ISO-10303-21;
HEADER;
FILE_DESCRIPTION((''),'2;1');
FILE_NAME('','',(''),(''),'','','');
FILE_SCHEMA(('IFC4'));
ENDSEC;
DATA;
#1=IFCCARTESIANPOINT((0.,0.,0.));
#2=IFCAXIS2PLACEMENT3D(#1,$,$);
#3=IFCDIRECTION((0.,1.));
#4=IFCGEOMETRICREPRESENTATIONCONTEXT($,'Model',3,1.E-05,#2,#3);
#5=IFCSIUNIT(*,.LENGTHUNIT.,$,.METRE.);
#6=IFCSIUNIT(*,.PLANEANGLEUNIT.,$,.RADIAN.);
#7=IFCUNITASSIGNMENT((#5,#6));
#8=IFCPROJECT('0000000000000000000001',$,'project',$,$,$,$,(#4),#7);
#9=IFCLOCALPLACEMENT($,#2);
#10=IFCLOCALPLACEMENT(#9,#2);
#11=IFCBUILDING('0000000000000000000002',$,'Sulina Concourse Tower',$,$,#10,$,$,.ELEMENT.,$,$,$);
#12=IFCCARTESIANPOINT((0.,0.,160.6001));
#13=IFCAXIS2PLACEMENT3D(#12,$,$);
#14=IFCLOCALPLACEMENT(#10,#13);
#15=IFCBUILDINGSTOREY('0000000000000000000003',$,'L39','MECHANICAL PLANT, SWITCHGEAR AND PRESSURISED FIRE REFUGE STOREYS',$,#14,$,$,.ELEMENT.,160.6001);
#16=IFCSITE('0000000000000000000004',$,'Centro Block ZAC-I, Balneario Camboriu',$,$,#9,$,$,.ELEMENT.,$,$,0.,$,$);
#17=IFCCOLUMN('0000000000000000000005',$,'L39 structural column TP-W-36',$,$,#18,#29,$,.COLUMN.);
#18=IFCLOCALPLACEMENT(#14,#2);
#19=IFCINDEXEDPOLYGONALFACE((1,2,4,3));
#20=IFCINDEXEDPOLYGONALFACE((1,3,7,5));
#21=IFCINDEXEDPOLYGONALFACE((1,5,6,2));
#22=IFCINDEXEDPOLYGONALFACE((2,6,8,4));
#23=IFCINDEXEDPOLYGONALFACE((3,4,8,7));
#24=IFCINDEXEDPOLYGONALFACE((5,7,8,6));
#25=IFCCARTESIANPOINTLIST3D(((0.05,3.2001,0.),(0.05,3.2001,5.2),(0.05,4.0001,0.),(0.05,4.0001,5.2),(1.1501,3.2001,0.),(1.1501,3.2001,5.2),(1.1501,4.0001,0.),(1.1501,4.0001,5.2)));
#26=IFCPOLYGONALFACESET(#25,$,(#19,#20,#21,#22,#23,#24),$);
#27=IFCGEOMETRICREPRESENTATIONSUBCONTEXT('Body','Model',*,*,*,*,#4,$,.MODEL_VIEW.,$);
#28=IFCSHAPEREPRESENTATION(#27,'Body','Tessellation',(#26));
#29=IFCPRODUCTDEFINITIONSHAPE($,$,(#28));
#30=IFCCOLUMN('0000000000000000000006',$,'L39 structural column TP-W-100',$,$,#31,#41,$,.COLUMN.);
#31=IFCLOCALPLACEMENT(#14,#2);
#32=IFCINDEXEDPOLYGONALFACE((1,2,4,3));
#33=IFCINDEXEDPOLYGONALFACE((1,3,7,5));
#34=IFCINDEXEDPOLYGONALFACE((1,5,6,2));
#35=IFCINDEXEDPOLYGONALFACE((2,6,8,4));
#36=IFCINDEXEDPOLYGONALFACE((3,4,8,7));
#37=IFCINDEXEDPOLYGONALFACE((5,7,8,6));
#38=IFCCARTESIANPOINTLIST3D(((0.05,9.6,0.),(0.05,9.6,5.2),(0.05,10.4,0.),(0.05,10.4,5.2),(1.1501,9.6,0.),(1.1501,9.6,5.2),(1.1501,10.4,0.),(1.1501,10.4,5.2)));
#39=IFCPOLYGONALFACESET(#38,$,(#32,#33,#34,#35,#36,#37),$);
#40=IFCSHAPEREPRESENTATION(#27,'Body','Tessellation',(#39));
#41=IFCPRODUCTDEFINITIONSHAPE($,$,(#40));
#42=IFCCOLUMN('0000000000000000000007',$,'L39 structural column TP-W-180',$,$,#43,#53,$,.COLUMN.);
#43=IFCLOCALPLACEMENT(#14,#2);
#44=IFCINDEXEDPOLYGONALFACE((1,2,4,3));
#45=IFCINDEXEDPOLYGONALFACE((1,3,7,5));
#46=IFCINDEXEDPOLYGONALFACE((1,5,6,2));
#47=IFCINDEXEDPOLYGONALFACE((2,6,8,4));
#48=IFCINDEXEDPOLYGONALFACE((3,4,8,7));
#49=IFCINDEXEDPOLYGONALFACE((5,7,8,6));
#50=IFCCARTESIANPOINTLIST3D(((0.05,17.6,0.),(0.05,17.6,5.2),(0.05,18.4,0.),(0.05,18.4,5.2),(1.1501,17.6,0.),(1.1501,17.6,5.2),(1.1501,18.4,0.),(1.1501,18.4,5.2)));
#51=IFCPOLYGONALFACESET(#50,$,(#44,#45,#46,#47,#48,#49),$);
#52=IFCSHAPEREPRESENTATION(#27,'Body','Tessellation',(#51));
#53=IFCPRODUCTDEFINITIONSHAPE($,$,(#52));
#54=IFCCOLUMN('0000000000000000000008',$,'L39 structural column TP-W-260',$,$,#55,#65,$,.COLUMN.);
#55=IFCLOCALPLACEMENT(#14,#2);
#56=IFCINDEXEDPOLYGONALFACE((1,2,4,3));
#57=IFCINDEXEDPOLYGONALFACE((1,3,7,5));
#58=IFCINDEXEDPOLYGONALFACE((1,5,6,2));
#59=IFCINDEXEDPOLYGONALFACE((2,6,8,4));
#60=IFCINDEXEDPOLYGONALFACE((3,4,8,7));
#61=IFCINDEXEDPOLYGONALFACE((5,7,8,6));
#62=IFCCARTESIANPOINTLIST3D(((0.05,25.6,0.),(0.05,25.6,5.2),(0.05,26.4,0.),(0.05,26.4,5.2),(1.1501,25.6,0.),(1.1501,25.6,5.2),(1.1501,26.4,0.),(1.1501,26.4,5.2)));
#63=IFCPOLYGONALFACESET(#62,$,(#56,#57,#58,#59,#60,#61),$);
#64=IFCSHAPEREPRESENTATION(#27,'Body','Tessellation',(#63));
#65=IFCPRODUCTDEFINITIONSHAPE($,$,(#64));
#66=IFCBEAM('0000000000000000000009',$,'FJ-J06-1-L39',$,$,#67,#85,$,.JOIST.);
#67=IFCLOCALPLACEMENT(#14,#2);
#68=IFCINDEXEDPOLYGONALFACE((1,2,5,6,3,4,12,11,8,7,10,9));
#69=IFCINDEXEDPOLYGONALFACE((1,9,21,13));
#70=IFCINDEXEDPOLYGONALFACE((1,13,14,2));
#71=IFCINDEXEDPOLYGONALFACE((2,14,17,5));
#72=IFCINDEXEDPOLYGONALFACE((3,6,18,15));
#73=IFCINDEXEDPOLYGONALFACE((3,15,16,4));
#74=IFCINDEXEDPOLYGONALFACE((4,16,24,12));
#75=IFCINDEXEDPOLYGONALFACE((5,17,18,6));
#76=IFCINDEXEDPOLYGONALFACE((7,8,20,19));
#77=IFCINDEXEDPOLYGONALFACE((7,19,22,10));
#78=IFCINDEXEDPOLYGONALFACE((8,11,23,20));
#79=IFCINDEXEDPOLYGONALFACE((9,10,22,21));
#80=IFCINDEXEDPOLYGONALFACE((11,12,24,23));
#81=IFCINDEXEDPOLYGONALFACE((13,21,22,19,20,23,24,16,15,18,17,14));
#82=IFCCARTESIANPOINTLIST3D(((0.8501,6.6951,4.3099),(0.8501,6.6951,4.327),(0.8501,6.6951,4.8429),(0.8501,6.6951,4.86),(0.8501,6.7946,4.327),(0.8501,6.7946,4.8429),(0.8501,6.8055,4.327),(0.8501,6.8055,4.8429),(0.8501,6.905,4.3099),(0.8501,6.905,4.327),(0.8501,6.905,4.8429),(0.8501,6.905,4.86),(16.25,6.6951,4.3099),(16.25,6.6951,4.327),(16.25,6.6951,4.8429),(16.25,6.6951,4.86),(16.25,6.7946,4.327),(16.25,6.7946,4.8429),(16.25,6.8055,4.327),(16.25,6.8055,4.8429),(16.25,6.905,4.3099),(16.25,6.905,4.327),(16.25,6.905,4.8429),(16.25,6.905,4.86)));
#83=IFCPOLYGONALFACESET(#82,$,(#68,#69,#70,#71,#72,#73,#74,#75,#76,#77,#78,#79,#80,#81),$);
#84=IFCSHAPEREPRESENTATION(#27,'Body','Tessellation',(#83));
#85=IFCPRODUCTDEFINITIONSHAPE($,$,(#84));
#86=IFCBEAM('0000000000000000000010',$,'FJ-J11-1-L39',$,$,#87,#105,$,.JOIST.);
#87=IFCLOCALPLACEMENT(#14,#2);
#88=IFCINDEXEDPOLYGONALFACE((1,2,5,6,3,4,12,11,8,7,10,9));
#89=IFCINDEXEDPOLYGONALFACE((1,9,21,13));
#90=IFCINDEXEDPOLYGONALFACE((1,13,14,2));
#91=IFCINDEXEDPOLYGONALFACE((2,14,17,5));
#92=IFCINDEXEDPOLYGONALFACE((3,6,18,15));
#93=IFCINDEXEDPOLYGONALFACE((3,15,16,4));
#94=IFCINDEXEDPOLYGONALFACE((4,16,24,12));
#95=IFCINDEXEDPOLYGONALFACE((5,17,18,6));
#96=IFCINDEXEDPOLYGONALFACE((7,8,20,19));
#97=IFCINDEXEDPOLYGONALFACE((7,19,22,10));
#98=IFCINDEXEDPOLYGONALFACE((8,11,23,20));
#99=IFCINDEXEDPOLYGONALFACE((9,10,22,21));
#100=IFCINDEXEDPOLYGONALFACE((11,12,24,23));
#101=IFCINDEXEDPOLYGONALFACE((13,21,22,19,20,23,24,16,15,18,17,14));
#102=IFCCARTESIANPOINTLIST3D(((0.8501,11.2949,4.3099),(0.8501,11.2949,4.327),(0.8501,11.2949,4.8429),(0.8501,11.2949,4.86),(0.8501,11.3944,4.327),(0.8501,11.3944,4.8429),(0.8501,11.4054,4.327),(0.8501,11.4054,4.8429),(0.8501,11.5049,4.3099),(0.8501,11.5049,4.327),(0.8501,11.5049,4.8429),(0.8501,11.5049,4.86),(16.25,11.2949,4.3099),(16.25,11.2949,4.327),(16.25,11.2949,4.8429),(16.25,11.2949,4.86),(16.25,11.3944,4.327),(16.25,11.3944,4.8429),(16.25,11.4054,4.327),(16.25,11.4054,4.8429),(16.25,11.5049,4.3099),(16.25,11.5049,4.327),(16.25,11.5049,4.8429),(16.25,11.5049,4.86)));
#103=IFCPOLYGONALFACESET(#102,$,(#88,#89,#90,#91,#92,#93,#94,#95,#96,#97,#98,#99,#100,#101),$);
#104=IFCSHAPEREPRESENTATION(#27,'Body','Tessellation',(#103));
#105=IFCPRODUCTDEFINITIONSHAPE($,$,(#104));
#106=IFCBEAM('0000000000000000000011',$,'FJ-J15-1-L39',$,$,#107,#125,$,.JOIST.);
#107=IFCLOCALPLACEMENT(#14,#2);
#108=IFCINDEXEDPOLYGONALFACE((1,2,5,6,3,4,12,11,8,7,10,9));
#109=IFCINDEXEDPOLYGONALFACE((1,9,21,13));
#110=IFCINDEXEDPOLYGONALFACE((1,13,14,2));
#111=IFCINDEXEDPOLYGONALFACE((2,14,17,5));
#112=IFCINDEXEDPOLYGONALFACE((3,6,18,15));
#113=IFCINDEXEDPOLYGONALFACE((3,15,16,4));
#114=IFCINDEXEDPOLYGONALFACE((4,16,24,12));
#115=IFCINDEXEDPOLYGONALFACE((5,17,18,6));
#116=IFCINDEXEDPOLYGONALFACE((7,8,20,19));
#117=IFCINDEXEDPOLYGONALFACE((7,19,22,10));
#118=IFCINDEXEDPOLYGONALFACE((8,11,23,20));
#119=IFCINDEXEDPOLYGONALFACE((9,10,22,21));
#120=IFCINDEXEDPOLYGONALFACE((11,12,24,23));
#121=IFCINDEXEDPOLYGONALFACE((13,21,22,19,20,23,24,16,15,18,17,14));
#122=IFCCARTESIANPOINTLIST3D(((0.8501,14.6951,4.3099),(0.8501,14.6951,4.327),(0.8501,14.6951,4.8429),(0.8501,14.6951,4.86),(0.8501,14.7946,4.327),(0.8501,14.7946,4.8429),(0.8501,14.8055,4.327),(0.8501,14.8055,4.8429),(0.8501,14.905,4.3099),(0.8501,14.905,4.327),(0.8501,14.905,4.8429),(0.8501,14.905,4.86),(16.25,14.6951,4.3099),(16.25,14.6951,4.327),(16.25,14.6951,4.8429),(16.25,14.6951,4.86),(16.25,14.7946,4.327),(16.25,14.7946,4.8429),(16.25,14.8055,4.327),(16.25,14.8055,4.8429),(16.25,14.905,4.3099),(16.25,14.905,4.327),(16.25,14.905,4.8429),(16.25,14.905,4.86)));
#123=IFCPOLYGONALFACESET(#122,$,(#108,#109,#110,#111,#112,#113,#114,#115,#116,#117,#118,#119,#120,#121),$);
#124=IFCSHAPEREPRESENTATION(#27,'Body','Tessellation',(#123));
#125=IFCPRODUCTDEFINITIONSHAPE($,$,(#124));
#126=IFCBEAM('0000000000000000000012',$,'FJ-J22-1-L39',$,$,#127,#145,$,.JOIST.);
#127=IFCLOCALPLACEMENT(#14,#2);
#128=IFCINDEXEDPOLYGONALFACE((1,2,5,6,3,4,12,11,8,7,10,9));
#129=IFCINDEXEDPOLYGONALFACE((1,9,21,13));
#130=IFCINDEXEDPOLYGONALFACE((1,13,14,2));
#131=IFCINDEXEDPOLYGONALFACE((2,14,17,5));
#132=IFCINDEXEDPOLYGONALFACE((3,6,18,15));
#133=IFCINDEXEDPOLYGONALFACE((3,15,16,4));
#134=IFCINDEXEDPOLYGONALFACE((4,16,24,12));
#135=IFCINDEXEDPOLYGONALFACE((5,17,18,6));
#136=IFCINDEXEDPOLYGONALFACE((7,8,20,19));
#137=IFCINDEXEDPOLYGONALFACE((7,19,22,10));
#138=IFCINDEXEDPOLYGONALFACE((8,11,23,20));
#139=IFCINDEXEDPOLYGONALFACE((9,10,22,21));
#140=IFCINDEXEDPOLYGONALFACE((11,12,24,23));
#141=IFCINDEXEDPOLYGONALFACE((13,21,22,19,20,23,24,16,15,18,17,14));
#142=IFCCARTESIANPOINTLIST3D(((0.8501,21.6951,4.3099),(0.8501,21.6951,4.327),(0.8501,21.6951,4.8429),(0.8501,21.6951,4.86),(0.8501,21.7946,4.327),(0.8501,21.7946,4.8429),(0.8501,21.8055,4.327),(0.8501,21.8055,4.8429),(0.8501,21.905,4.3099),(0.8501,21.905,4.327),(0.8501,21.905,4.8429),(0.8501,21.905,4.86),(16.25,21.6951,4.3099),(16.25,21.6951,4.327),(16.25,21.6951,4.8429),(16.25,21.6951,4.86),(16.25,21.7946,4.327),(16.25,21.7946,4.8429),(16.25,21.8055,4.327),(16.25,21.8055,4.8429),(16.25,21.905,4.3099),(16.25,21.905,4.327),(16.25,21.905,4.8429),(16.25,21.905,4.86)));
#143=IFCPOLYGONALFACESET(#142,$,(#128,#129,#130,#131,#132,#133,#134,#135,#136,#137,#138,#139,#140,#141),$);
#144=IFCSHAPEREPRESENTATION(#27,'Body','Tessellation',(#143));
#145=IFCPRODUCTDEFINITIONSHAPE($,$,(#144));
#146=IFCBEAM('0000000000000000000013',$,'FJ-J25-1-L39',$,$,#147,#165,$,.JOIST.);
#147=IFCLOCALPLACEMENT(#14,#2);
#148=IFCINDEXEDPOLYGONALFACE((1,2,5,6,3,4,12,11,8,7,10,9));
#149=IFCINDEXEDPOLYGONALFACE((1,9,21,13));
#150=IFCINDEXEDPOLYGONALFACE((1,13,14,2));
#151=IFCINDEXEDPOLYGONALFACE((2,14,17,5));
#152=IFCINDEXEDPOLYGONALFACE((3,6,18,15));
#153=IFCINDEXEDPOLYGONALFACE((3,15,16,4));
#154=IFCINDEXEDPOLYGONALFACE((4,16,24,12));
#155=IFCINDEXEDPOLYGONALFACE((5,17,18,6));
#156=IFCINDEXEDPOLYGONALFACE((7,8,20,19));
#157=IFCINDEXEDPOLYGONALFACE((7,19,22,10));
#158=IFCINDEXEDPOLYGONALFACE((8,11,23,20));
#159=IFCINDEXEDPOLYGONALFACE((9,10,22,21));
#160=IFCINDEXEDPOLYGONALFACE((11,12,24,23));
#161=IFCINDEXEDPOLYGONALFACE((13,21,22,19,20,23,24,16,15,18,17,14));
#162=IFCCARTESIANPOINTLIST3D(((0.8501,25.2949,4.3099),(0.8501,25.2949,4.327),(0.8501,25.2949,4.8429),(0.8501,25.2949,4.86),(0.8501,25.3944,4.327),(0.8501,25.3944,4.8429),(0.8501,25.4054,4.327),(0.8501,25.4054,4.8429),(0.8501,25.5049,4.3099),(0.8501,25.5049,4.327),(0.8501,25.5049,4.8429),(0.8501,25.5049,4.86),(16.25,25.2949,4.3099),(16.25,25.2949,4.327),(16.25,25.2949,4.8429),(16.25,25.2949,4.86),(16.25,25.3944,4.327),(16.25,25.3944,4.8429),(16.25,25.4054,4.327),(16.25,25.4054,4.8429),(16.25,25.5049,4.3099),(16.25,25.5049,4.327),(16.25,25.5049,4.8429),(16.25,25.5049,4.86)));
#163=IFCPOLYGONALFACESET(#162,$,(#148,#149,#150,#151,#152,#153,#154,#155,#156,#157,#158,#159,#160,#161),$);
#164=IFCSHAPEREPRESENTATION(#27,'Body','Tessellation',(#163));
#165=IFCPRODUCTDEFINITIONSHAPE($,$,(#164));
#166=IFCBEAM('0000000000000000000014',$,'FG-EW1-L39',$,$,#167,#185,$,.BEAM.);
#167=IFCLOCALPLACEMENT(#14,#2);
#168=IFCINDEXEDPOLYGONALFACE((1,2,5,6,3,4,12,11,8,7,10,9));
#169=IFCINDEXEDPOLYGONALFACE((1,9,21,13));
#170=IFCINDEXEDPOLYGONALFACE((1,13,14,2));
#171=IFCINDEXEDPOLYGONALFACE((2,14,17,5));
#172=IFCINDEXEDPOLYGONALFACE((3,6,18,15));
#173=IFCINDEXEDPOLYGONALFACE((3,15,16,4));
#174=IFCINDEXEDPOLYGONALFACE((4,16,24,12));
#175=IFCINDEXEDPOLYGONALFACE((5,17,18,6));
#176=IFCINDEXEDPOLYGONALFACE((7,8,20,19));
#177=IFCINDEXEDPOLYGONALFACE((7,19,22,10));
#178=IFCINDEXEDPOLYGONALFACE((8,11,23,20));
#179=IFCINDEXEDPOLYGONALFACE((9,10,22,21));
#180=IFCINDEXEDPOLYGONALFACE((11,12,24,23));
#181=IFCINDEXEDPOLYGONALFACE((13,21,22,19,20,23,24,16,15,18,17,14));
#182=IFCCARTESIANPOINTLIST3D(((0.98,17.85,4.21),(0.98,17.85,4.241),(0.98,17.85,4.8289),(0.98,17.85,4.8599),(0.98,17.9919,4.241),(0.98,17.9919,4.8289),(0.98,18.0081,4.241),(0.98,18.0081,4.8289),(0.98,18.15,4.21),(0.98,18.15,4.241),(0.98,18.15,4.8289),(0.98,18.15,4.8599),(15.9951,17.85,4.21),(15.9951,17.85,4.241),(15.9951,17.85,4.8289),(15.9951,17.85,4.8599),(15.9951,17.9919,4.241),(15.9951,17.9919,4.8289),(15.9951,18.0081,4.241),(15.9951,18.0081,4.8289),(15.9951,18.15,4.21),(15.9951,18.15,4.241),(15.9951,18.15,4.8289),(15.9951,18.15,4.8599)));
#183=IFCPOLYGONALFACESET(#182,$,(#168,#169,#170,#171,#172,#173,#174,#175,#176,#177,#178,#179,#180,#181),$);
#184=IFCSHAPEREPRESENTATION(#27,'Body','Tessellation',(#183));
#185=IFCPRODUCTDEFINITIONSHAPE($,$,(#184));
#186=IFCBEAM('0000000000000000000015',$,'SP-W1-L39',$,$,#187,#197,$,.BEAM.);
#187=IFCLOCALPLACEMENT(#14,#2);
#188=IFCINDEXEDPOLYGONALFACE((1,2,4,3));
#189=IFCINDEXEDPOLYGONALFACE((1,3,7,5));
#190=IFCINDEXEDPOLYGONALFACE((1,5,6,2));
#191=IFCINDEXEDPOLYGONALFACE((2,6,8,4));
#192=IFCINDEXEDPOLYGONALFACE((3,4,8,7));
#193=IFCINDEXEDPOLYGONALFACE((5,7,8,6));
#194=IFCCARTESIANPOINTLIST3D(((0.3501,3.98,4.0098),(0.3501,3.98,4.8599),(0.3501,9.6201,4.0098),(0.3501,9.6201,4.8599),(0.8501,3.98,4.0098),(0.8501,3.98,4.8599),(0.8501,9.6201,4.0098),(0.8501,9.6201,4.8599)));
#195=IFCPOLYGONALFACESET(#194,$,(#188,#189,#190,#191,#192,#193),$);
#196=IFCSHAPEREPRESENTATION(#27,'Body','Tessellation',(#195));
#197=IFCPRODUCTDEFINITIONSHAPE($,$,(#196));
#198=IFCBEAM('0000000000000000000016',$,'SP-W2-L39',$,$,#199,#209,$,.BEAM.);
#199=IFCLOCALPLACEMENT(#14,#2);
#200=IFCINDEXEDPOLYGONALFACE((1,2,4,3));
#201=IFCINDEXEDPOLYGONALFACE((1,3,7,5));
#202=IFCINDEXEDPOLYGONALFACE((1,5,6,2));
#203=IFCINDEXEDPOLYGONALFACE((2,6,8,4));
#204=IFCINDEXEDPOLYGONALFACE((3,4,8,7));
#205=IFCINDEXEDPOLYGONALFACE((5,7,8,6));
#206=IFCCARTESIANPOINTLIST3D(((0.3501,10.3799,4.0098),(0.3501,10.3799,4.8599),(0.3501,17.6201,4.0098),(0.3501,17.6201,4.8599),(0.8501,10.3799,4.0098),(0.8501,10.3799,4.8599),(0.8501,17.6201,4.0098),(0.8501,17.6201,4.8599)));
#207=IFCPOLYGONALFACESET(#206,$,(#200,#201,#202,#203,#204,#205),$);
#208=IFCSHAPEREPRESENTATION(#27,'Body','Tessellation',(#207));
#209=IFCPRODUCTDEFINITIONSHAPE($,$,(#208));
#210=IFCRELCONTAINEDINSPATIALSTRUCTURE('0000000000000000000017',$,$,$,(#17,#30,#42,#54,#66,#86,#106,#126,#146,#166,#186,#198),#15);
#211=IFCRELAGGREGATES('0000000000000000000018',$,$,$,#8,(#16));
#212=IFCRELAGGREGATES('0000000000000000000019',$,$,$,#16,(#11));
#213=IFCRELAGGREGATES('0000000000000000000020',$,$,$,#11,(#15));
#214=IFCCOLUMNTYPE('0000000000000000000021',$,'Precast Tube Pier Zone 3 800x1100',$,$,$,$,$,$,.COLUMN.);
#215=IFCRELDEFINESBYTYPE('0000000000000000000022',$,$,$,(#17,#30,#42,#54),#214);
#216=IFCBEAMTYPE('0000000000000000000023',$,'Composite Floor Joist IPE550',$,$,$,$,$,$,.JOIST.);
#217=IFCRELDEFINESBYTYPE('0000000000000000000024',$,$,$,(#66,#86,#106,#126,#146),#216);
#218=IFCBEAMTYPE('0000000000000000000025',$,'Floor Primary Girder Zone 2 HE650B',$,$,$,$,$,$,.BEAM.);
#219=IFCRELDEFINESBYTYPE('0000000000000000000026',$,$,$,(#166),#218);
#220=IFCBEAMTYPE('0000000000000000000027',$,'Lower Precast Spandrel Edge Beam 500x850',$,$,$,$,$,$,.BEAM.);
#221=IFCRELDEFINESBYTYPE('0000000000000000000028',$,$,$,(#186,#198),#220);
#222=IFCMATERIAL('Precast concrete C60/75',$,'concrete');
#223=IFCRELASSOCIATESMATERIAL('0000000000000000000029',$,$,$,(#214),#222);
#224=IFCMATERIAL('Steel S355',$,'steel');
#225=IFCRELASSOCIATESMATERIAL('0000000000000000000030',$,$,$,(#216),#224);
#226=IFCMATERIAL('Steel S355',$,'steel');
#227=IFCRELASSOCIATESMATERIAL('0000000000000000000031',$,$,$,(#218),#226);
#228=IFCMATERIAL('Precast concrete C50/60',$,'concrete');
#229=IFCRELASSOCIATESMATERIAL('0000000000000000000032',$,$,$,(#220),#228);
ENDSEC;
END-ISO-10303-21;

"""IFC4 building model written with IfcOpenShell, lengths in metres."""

from ifc_helpers import new_model, si_unit, direction, frame, origin, origin_2d, place, context, subcontext, project, spatial, rectangle, i_section, extrude, material, material_profile, profile_set, type_object, element, save


model = new_model("IFC4")

# Units and contexts
model_context = context("Model", 3, precision=1e-05, world=origin(), true_north=direction((0.0, 1.0)))
body_context = subcontext(model_context, "Body", "Model", "MODEL_VIEW")
ifc_project = project(units=[si_unit("LENGTHUNIT", "METRE"), si_unit("PLANEANGLEUNIT", "RADIAN")], contexts=[model_context])

# Site, building, storey
site_placement = place(None, origin())
site = spatial("IfcSite", under=ifc_project, at=site_placement, Name="Centro Block ZAC-I, Balneario Camboriu", CompositionType="ELEMENT", RefElevation=0.0)
building_placement = place(site_placement, origin())
building = spatial("IfcBuilding", under=site, at=building_placement, Name="Sulina Concourse Tower", CompositionType="ELEMENT")
storey_placement = place(building_placement, frame((0.0, 0.0, 160.6001)))
storey = spatial("IfcBuildingStorey", under=building, at=storey_placement, Name="L39", Description="MECHANICAL PLANT, SWITCHGEAR AND PRESSURISED FIRE REFUGE STOREYS", CompositionType="ELEMENT", Elevation=160.6001)

# Columns
ifc_material_1 = material(Name="Precast concrete C60/75", Category="concrete")
ifc_material_profile_1 = material_profile(ifc_material_1, rectangle(XDim=0.8, YDim=1.1001, at=origin_2d()), Name="PC 800x1100")
ifc_profile_set_1 = profile_set([ifc_material_profile_1], Name="Precast concrete C60/75")
column_type = type_object("IfcColumnType", Name="Precast Tube Pier Zone 3 800x1100", PredefinedType="COLUMN", material=ifc_profile_set_1)
for number, where, z_axis, x_axis, name in (
    (1, (0.6001, 3.6001, 0.0), (0.0, 0.0, 1.0), (0.0, 1.0, 0.0), "L39 structural column TP-W-36"),
    (2, (0.6001, 10.0, 0.0), (0.0, 0.0, 1.0), (0.0, 1.0, 0.0), "L39 structural column TP-W-100"),
    (3, (0.6001, 18.0, 0.0), (0.0, 0.0, 1.0), (0.0, 1.0, 0.0), "L39 structural column TP-W-180"),
    (4, (0.6001, 26.0, 0.0), (0.0, 0.0, 1.0), (0.0, 1.0, 0.0), "L39 structural column TP-W-260"),
):
    element("IfcColumn", number, at=place(storey_placement, frame(where, z_axis=z_axis, x_axis=x_axis)), inside=storey, type_object=column_type, Name=name, PredefinedType="COLUMN", context=body_context, shape_type="SweptSolid", body=[
        extrude(rectangle(XDim=0.8, YDim=1.1001, at=origin_2d()), origin(), (0.0, 0.0, 1.0), 5.2),
    ])

# Beams
ifc_material_2 = material(Name="Steel S355", Category="steel")
ifc_material_profile_2 = material_profile(ifc_material_2, i_section(OverallWidth=0.21, OverallDepth=0.55, WebThickness=0.011, FlangeThickness=0.0171, at=origin_2d()), Name="IPE 550")
ifc_profile_set_2 = profile_set([ifc_material_profile_2], Name="Steel S355")
beam_type_1 = type_object("IfcBeamType", Name="Composite Floor Joist IPE550", PredefinedType="JOIST", material=ifc_profile_set_2)
for number, where, z_axis, x_axis, name in (
    (5, (0.8501, 6.8, 4.585), (1.0, 0.0, 0.0), (0.0, 1.0, 0.0), "FJ-J06-1-L39"),
    (6, (0.8501, 11.3999, 4.585), (1.0, 0.0, 0.0), (0.0, 1.0, 0.0), "FJ-J11-1-L39"),
    (7, (0.8501, 14.8, 4.585), (1.0, 0.0, 0.0), (0.0, 1.0, 0.0), "FJ-J15-1-L39"),
    (8, (0.8501, 21.8, 4.585), (1.0, 0.0, 0.0), (0.0, 1.0, 0.0), "FJ-J22-1-L39"),
    (9, (0.8501, 25.3999, 4.585), (1.0, 0.0, 0.0), (0.0, 1.0, 0.0), "FJ-J25-1-L39"),
):
    element("IfcBeam", number, at=place(storey_placement, frame(where, z_axis=z_axis, x_axis=x_axis)), inside=storey, type_object=beam_type_1, Name=name, PredefinedType="JOIST", context=body_context, shape_type="SweptSolid", body=[
        extrude(i_section(OverallWidth=0.21, OverallDepth=0.55, WebThickness=0.011, FlangeThickness=0.0171, at=origin_2d()), origin(), (0.0, 0.0, 1.0), 15.3999),
    ])
ifc_material_3 = material(Name="Steel S355", Category="steel")
ifc_material_profile_3 = material_profile(ifc_material_3, i_section(OverallWidth=0.3, OverallDepth=0.6499, WebThickness=0.0161, FlangeThickness=0.031, at=origin_2d()), Name="HE 650 B")
ifc_profile_set_3 = profile_set([ifc_material_profile_3], Name="Steel S355")
beam_type_2 = type_object("IfcBeamType", Name="Floor Primary Girder Zone 2 HE650B", PredefinedType="BEAM", material=ifc_profile_set_3)
beam_1_placement = place(storey_placement, frame((0.98, 18.0, 4.5349), z_axis=(1.0, 0.0, 0.0), x_axis=(0.0, 1.0, 0.0)))
element("IfcBeam", 10, at=beam_1_placement, inside=storey, type_object=beam_type_2, Name="FG-EW1-L39", PredefinedType="BEAM", context=body_context, shape_type="SweptSolid", body=[
    extrude(i_section(OverallWidth=0.3, OverallDepth=0.6499, WebThickness=0.0161, FlangeThickness=0.031, at=origin_2d()), origin(), (0.0, 0.0, 1.0), 15.0151),
])
ifc_material_4 = material(Name="Precast concrete C50/60", Category="concrete")
ifc_material_profile_4 = material_profile(ifc_material_4, rectangle(XDim=0.5, YDim=0.8501, at=origin_2d()), Name="RC 500x850")
ifc_profile_set_4 = profile_set([ifc_material_profile_4], Name="Precast concrete C50/60")
beam_type_3 = type_object("IfcBeamType", Name="Lower Precast Spandrel Edge Beam 500x850", PredefinedType="BEAM", material=ifc_profile_set_4)
beam_2_placement = place(storey_placement, frame((0.6001, 3.98, 4.4348), z_axis=(0.0, 1.0, 0.0), x_axis=(-1.0, 0.0, 0.0)))
element("IfcBeam", 11, at=beam_2_placement, inside=storey, type_object=beam_type_3, Name="SP-W1-L39", PredefinedType="BEAM", context=body_context, shape_type="SweptSolid", body=[
    extrude(rectangle(XDim=0.5, YDim=0.8501, at=origin_2d()), origin(), (0.0, 0.0, 1.0), 5.6401),
])
for number, where, z_axis, x_axis, name in (
    (12, (0.6001, 10.3799, 4.4348), (0.0, 1.0, 0.0), (-1.0, 0.0, 0.0), "SP-W2-L39"),
):
    element("IfcBeam", number, at=place(storey_placement, frame(where, z_axis=z_axis, x_axis=x_axis)), inside=storey, type_object=beam_type_3, Name=name, PredefinedType="BEAM", context=body_context, shape_type="SweptSolid", body=[
        extrude(rectangle(XDim=0.5, YDim=0.8501, at=origin_2d()), origin(), (0.0, 0.0, 1.0), 7.2402),
    ])

save(model, "model.ifc")
